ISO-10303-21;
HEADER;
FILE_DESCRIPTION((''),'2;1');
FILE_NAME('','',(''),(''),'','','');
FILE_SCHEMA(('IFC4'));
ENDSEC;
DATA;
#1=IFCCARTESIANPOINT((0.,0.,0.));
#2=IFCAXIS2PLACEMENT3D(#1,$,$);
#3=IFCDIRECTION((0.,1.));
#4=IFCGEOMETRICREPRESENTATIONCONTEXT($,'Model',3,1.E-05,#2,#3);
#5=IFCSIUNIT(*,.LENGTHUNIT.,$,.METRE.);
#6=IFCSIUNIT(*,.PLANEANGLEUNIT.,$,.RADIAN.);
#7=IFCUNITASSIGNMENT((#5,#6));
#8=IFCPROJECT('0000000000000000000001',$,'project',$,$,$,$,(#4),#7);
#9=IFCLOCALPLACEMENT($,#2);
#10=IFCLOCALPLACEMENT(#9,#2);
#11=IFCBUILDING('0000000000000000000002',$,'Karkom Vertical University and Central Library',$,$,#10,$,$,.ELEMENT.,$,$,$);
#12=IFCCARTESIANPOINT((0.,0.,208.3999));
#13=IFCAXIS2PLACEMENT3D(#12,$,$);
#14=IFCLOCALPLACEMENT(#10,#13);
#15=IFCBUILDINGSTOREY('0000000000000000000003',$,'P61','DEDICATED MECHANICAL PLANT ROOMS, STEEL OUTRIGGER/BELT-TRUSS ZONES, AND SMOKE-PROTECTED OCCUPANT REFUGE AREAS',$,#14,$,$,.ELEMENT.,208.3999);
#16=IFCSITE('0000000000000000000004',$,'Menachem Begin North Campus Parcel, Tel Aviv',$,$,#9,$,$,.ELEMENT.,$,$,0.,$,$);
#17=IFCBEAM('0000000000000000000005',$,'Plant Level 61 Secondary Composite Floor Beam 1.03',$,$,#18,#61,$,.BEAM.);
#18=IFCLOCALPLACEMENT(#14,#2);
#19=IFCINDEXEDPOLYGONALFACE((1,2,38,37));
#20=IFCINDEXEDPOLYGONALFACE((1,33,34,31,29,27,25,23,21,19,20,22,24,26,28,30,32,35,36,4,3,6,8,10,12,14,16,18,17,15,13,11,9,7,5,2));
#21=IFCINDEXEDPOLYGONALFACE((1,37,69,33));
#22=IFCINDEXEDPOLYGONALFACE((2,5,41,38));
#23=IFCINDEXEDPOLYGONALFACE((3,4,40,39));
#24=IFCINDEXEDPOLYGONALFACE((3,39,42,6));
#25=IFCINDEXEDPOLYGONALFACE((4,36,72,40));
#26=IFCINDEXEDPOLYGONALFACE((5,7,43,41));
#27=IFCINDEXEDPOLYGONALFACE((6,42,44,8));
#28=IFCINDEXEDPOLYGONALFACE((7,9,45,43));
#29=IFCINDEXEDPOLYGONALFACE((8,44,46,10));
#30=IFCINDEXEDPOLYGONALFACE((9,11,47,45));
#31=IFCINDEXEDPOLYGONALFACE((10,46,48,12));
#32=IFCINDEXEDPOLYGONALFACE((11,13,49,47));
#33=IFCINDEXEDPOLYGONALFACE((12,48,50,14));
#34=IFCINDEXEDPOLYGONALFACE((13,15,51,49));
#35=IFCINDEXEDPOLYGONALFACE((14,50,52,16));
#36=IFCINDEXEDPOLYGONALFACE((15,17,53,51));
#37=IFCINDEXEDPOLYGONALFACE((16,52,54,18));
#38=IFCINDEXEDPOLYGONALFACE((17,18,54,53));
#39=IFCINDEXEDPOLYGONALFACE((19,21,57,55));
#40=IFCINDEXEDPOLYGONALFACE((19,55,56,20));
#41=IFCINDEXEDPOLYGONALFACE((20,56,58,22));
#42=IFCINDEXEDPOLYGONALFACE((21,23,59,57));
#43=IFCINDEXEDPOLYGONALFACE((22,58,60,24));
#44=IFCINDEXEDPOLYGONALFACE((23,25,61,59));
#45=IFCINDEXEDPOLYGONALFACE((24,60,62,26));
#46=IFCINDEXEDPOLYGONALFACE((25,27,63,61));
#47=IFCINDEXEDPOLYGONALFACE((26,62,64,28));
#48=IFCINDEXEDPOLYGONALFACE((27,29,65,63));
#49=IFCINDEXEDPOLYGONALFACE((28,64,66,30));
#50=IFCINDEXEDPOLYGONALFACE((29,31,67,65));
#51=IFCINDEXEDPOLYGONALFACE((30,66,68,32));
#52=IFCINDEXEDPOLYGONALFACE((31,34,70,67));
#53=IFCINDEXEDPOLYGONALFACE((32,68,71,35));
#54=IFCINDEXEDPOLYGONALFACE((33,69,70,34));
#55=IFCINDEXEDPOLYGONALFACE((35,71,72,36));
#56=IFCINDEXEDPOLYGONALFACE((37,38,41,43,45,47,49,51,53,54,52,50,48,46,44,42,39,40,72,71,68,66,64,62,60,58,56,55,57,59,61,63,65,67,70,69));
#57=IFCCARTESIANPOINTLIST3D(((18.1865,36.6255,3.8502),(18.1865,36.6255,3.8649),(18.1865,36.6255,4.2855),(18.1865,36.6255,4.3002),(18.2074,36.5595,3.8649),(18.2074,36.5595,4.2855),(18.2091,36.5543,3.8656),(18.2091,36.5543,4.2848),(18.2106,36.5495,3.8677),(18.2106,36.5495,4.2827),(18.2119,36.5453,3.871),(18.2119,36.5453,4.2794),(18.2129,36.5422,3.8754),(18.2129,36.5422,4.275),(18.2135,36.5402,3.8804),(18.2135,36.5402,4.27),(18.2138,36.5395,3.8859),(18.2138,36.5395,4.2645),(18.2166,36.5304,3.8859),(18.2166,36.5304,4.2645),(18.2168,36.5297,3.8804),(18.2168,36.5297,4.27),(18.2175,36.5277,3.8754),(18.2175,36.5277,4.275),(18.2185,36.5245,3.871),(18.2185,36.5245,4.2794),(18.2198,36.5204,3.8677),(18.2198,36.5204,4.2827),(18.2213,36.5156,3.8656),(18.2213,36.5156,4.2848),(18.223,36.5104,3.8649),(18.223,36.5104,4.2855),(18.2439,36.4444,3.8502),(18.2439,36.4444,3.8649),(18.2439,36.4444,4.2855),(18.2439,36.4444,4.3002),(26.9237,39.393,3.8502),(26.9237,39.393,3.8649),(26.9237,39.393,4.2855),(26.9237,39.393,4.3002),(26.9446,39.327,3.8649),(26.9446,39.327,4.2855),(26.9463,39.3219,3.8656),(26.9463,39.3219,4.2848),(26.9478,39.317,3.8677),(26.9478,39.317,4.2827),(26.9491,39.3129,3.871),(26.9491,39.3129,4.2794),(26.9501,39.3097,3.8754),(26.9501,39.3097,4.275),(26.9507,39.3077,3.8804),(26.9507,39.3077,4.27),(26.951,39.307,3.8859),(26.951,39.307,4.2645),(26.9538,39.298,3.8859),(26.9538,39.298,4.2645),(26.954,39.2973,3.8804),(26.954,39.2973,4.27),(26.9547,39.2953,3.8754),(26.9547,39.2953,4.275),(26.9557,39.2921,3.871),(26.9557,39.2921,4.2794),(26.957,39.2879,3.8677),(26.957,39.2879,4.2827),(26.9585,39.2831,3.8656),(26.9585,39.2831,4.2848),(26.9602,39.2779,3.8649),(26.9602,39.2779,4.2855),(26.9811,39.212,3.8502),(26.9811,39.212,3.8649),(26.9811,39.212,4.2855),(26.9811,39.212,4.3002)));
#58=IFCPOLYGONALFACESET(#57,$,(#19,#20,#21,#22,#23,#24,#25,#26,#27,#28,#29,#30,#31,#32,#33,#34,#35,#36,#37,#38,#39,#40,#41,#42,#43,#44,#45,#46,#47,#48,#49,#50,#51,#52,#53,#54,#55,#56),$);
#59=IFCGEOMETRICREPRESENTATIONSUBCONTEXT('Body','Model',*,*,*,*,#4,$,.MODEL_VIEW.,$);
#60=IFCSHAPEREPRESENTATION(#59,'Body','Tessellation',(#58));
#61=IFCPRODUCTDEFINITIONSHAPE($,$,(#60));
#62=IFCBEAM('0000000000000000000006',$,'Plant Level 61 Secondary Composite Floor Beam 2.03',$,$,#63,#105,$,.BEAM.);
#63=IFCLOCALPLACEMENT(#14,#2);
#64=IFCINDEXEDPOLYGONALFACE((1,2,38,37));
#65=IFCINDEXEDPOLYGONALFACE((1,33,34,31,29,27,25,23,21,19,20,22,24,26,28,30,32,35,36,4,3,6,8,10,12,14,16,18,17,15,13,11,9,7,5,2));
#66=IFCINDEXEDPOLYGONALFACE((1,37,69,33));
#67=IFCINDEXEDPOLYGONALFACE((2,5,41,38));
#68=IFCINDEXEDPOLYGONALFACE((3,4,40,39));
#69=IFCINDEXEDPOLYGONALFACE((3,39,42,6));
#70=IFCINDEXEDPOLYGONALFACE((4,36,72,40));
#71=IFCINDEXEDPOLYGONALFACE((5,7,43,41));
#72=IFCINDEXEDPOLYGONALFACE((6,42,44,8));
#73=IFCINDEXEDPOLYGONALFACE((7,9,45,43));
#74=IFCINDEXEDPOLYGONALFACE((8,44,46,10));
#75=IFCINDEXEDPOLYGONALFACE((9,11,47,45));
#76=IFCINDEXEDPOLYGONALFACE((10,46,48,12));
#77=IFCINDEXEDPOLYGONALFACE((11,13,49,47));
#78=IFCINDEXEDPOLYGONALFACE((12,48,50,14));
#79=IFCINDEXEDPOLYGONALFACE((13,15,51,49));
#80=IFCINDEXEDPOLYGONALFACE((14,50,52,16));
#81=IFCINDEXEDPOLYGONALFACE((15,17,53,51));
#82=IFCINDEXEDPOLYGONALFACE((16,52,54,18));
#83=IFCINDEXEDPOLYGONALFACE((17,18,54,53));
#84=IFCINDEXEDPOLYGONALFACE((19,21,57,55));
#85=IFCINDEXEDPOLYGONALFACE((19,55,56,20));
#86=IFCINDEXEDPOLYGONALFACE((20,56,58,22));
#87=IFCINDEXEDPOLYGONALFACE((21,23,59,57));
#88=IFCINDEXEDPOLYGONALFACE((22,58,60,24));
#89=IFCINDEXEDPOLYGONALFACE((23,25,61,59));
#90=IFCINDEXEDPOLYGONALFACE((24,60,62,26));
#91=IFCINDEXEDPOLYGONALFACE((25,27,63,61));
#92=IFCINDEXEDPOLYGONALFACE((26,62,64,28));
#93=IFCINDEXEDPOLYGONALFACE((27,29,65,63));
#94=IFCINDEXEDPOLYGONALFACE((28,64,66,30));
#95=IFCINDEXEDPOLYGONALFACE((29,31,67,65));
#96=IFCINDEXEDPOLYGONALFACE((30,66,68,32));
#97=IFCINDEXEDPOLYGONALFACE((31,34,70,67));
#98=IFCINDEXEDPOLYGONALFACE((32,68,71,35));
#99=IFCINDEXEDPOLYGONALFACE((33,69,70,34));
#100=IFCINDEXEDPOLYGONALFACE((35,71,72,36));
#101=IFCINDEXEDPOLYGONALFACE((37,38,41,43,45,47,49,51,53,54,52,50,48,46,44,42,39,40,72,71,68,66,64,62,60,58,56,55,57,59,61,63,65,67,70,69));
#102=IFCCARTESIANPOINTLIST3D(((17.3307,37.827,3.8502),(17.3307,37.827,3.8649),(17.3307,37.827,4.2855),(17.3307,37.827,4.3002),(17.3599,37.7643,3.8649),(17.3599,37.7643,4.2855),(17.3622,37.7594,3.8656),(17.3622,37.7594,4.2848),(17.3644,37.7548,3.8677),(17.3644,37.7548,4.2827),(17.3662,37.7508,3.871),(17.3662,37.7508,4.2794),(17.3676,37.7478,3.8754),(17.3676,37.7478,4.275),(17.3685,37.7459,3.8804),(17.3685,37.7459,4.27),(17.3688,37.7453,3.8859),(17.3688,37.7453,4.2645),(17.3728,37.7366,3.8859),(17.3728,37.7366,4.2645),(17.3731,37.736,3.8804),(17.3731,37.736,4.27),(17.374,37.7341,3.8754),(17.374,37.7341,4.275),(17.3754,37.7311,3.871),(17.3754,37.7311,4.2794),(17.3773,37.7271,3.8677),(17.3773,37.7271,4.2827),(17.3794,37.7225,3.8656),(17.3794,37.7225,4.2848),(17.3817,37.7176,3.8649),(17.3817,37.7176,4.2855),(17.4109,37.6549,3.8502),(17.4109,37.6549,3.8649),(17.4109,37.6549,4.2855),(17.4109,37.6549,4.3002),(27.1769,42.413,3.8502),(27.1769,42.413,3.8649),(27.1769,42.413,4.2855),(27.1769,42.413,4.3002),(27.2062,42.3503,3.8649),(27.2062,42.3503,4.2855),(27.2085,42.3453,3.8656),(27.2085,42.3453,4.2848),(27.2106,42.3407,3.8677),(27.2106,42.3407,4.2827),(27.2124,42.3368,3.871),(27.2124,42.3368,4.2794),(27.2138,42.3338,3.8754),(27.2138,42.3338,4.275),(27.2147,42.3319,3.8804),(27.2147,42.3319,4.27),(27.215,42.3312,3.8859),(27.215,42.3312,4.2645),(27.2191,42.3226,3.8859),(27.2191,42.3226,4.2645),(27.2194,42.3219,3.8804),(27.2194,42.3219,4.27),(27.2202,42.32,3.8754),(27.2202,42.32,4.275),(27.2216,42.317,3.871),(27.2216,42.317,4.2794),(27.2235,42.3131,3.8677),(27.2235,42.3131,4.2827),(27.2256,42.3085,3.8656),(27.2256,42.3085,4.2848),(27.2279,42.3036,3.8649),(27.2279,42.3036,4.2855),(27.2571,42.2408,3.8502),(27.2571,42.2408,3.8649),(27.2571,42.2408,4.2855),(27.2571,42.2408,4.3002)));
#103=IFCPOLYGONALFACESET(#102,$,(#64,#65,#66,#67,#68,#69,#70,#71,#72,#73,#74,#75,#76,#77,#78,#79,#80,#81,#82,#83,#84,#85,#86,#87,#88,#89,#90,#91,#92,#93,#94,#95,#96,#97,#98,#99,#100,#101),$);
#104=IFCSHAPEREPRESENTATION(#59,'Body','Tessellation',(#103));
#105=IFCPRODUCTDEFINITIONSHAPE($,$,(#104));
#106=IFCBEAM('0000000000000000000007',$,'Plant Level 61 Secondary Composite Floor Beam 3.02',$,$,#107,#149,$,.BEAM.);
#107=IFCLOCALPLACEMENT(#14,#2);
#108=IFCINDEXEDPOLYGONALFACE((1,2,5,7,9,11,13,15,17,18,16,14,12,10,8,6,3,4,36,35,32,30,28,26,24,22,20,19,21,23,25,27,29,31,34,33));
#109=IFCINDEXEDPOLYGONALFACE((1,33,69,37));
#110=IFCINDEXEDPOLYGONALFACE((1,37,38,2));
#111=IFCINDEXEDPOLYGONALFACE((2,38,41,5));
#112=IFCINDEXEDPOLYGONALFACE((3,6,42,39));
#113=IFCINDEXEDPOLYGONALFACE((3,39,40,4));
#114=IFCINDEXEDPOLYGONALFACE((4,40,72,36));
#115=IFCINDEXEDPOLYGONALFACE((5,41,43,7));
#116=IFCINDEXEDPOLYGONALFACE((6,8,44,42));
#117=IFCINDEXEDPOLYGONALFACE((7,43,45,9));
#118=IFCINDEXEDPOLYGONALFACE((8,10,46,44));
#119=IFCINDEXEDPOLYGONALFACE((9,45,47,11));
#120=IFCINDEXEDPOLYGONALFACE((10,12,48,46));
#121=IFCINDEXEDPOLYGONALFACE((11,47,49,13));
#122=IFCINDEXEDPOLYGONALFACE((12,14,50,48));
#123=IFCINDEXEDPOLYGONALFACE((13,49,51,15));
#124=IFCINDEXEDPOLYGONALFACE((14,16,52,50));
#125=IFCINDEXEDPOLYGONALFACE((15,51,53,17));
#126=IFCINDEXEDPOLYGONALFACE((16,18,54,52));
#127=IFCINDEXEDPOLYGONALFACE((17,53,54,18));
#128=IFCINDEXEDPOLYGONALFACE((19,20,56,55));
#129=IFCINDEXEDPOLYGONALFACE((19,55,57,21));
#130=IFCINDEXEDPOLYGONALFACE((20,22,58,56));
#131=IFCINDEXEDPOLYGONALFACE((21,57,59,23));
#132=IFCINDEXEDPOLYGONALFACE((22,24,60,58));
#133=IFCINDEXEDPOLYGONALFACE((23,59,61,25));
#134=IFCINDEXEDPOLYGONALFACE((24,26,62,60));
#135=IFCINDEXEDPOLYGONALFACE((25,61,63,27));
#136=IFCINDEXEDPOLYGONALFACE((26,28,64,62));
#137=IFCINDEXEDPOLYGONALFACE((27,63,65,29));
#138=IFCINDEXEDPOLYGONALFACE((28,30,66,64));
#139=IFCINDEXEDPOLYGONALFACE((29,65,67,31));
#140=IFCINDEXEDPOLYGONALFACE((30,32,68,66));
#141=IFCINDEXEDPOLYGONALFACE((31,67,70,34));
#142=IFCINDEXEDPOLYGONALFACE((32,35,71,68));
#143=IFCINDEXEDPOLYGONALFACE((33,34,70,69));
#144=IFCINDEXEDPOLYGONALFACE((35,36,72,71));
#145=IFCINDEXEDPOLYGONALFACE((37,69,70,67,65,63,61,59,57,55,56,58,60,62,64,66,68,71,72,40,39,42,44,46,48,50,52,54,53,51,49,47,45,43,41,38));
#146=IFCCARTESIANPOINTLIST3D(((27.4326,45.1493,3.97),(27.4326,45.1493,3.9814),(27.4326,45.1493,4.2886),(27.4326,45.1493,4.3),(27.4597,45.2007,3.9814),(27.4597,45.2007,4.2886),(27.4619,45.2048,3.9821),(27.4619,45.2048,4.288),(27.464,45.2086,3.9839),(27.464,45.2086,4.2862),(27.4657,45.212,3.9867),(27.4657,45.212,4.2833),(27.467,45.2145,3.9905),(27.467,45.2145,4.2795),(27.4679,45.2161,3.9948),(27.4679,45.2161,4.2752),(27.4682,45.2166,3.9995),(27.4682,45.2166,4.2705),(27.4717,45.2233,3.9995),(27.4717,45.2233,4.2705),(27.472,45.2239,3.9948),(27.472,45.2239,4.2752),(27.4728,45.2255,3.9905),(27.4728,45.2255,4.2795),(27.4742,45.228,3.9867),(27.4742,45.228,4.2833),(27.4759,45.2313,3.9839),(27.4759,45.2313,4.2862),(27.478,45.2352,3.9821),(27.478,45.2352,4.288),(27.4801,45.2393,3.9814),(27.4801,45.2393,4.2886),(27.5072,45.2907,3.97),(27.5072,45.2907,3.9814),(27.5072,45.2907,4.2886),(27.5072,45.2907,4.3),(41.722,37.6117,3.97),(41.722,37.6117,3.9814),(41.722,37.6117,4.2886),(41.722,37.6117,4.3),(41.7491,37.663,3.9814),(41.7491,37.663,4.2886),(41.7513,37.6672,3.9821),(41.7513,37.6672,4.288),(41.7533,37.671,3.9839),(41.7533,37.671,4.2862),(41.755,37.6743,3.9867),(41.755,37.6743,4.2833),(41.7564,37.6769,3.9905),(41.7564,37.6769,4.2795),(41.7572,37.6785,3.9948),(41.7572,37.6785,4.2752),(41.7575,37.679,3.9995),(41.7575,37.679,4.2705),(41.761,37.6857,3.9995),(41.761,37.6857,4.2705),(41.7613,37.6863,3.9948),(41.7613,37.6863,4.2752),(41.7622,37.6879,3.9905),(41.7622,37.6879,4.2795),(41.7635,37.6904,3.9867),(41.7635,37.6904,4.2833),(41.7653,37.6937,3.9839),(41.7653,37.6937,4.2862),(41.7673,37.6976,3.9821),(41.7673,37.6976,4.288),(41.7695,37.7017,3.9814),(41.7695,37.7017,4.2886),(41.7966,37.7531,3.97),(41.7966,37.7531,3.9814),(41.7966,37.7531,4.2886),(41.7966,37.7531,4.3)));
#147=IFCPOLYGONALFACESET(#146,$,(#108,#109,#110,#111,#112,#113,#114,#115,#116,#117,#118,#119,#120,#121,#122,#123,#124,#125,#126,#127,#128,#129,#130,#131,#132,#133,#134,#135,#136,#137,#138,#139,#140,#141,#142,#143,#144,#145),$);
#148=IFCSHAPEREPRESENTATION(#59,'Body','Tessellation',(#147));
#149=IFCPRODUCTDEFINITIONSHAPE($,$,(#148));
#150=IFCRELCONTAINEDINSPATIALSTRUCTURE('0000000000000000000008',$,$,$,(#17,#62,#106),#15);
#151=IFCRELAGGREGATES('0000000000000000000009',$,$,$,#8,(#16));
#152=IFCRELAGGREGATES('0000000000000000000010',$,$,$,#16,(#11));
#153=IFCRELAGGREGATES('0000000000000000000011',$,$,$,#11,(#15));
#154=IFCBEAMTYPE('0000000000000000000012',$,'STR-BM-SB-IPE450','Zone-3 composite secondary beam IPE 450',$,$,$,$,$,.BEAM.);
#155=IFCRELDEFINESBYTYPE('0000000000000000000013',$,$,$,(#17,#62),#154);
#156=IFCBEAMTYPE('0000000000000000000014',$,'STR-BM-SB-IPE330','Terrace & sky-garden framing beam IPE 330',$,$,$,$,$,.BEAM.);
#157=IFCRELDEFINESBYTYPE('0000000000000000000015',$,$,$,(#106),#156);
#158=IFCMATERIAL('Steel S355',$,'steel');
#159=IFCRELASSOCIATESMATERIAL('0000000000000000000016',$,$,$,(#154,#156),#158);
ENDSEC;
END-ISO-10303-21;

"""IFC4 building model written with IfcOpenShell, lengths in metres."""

from ifc_helpers import new_model, si_unit, direction, frame, origin, origin_with_axes, origin_2d, place, context, subcontext, project, spatial, i_section, extrude, source, transform, mapped, material, material_profile, profile_set, type_object, element, save


model = new_model("IFC4")

# Units and contexts
model_context = context("Model", 3, precision=1e-05, world=origin(), true_north=direction((0.0, 1.0)))
body_context = subcontext(model_context, "Body", "Model", "MODEL_VIEW")
ifc_project = project(units=[si_unit("LENGTHUNIT", "METRE"), si_unit("PLANEANGLEUNIT", "RADIAN")], contexts=[model_context])

# Site, building, storey
site_placement = place(None, origin())
site = spatial("IfcSite", under=ifc_project, at=site_placement, Name="Menachem Begin North Campus Parcel, Tel Aviv", CompositionType="ELEMENT", RefElevation=0.0)
building_placement = place(site_placement, origin())
building = spatial("IfcBuilding", under=site, at=building_placement, Name="Karkom Vertical University and Central Library", CompositionType="ELEMENT")
storey_placement = place(building_placement, frame((0.0, 0.0, 208.3999)))
storey = spatial("IfcBuildingStorey", under=building, at=storey_placement, Name="P61", Description="DEDICATED MECHANICAL PLANT ROOMS, STEEL OUTRIGGER/BELT-TRUSS ZONES, AND SMOKE-PROTECTED OCCUPANT REFUGE AREAS", CompositionType="ELEMENT", Elevation=208.3999)

# Beams
ifc_material_1 = material(Name="Steel S355", Category="steel")
ifc_material_profile_1 = material_profile(ifc_material_1, i_section(OverallWidth=0.1899, OverallDepth=0.45, WebThickness=0.0095, FlangeThickness=0.0146, FilletRadius=0.021, at=origin_2d()), Name="IPE 450")
ifc_profile_set_1 = profile_set([ifc_material_profile_1], Name="Steel S355")
beam_type_1 = type_object("IfcBeamType", Name="STR-BM-SB-IPE450", Description="Zone-3 composite secondary beam IPE 450", PredefinedType="BEAM", material=ifc_profile_set_1)
shared_shape_1 = source(origin_with_axes(), body_context, "Body", "SweptSolid", [
    extrude(i_section(OverallWidth=0.1899, OverallDepth=0.45, WebThickness=0.0095, FlangeThickness=0.0146, FilletRadius=0.021, at=origin_2d()), origin(), (0.0, 0.0, 1.0), 9.165),
])
beam_1_placement = place(storey_placement, frame((26.9524, 39.3025, 4.0752), z_axis=(-0.953318, -0.301968, 0.0), x_axis=(0.301968, -0.953318, 0.0)))
element("IfcBeam", 1, at=beam_1_placement, inside=storey, type_object=beam_type_1, Name="Plant Level 61 Secondary Composite Floor Beam 1.03", PredefinedType="BEAM", context=body_context, shape_type="MappedRepresentation", body=[
    mapped(shared_shape_1, transform((0.0, 0.0, 0.0), scale=1.0)),
])
shared_shape_2 = source(origin_with_axes(), body_context, "Body", "SweptSolid", [
    extrude(i_section(OverallWidth=0.1899, OverallDepth=0.45, WebThickness=0.0095, FlangeThickness=0.0146, FilletRadius=0.021, at=origin_2d()), origin(), (0.0, 0.0, 1.0), 10.8618),
])
beam_2_placement = place(storey_placement, frame((27.217, 42.3269, 4.0752), z_axis=(-0.906499, -0.422209, 0.0), x_axis=(0.422209, -0.906499, 0.0)))
element("IfcBeam", 2, at=beam_2_placement, inside=storey, type_object=beam_type_1, Name="Plant Level 61 Secondary Composite Floor Beam 2.03", PredefinedType="BEAM", context=body_context, shape_type="MappedRepresentation", body=[
    mapped(shared_shape_2, transform((0.0, 0.0, 0.0), scale=1.0)),
])
ifc_material_profile_2 = material_profile(ifc_material_1, i_section(OverallWidth=0.1599, OverallDepth=0.3301, WebThickness=0.0076, FlangeThickness=0.0115, FilletRadius=0.0181, at=origin_2d()), Name="IPE 330")
ifc_profile_set_2 = profile_set([ifc_material_profile_2], Name="Steel S355")
beam_type_2 = type_object("IfcBeamType", Name="STR-BM-SB-IPE330", Description="Terrace & sky-garden framing beam IPE 330", PredefinedType="BEAM", material=ifc_profile_set_2)
shared_shape_3 = source(origin_with_axes(), body_context, "Body", "SweptSolid", [
    extrude(i_section(OverallWidth=0.1599, OverallDepth=0.3301, WebThickness=0.0076, FlangeThickness=0.0115, FilletRadius=0.0181, at=origin_2d()), origin(), (0.0, 0.0, 1.0), 16.1555),
])
beam_3_placement = place(storey_placement, frame((41.7593, 37.6824, 4.135), z_axis=(-0.884486, 0.466566, 0.0), x_axis=(-0.466566, -0.884486, 0.0)))
element("IfcBeam", 3, at=beam_3_placement, inside=storey, type_object=beam_type_2, Name="Plant Level 61 Secondary Composite Floor Beam 3.02", PredefinedType="BEAM", context=body_context, shape_type="MappedRepresentation", body=[
    mapped(shared_shape_3, transform((0.0, 0.0, 0.0), scale=1.0)),
])

save(model, "model.ifc")
